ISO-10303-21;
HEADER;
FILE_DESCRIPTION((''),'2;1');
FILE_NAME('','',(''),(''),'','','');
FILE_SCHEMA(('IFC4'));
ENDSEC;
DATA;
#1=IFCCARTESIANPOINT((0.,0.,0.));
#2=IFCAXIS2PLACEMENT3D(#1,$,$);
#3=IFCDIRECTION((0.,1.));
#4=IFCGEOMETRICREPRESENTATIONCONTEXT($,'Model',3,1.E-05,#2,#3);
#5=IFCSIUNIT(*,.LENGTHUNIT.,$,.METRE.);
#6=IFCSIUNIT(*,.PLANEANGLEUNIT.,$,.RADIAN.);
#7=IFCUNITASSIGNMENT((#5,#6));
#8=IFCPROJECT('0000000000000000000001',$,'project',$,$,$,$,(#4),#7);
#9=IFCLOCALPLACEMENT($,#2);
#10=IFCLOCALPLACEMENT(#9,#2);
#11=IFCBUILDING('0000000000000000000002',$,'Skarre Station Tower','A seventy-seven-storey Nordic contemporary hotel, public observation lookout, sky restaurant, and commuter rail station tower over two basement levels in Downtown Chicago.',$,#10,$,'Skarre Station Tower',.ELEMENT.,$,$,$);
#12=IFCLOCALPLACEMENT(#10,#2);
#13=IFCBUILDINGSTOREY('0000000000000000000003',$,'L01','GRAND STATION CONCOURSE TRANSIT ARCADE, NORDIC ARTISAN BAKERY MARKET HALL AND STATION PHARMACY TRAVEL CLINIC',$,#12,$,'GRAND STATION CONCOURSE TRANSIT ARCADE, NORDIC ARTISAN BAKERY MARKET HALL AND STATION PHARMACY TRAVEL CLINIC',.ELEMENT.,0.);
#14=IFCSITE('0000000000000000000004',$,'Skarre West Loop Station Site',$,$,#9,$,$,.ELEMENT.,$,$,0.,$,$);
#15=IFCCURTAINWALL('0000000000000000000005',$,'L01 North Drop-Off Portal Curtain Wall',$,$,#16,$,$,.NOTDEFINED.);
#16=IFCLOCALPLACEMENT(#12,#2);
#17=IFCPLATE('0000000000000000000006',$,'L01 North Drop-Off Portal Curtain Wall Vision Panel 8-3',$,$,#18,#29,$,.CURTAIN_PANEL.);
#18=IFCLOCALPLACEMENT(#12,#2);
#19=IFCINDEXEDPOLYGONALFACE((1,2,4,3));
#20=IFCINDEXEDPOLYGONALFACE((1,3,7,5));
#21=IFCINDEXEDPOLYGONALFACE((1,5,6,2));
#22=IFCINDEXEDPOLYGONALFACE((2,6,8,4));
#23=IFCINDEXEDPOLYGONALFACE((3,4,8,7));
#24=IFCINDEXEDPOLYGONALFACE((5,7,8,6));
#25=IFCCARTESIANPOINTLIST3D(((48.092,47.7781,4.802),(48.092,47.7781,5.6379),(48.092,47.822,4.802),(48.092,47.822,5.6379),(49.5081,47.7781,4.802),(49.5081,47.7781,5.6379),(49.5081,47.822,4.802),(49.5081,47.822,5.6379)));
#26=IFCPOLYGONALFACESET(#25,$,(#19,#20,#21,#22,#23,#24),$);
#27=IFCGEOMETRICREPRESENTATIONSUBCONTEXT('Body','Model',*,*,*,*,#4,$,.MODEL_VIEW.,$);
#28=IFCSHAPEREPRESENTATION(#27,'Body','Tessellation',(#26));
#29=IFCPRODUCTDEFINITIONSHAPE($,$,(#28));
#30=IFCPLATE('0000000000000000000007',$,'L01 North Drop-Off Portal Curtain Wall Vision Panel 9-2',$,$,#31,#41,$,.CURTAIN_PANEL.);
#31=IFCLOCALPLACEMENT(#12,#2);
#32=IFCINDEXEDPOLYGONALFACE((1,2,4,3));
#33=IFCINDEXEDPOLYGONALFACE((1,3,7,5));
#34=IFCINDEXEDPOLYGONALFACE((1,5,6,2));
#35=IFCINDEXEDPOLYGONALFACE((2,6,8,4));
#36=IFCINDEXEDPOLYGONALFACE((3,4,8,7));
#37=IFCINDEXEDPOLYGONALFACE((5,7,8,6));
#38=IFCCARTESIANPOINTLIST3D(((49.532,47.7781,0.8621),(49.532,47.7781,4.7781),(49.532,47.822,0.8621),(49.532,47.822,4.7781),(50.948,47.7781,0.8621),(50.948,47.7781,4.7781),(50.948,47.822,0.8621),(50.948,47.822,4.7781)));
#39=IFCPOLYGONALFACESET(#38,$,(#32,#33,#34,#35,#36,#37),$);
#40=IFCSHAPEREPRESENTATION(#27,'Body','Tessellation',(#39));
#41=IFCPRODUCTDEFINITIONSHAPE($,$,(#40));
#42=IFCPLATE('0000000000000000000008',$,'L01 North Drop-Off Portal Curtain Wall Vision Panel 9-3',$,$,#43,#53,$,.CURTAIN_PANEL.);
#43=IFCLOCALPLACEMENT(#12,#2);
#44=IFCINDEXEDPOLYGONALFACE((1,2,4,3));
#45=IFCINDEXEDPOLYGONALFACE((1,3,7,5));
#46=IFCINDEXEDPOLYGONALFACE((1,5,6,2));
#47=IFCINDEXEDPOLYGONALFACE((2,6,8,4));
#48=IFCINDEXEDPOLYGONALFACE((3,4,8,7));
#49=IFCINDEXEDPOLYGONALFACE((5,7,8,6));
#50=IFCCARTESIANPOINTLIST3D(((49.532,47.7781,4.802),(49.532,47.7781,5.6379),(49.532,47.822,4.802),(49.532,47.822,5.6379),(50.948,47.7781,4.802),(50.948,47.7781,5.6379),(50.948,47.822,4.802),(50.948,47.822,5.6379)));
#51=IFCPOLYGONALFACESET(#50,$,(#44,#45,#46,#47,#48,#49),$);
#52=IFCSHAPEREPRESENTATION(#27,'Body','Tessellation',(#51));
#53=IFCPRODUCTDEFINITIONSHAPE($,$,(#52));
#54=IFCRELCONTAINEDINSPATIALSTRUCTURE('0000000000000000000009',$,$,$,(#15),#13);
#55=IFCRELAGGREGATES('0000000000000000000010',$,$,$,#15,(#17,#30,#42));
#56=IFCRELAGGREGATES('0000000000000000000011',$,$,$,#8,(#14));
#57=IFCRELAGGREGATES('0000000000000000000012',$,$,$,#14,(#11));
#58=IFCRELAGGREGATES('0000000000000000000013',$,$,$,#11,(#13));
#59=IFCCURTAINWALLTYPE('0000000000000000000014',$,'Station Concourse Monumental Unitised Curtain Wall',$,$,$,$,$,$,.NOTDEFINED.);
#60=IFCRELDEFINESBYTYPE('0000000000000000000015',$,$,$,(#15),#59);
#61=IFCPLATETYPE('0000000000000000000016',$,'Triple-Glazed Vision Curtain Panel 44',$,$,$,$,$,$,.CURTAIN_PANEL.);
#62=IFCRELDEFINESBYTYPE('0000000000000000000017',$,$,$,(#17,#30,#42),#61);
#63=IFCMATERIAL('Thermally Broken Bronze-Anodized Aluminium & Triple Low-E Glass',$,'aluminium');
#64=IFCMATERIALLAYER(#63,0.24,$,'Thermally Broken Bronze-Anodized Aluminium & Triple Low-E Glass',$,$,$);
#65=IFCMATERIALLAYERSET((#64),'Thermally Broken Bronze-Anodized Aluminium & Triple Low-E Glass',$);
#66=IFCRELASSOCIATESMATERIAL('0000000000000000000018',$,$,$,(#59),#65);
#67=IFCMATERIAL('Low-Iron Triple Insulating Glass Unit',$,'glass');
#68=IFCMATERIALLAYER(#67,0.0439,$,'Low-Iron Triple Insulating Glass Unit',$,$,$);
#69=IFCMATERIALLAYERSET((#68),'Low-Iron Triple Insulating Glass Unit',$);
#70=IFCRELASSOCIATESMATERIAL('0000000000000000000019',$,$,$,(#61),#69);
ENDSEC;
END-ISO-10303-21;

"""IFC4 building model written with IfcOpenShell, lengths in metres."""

from ifc_helpers import new_model, si_unit, direction, frame, origin, origin_2d, place, context, subcontext, project, spatial, rectangle, extrude, material, layer, layer_set, type_object, element, aggregate, save


model = new_model("IFC4")

# Units and contexts
model_context = context("Model", 3, precision=1e-05, world=origin(), true_north=direction((0.0, 1.0)))
body_context = subcontext(model_context, "Body", "Model", "MODEL_VIEW")
ifc_project = project(units=[si_unit("LENGTHUNIT", "METRE"), si_unit("PLANEANGLEUNIT", "RADIAN")], contexts=[model_context])

# Site, building, storey
site_placement = place(None, origin())
site = spatial("IfcSite", under=ifc_project, at=site_placement, Name="Skarre West Loop Station Site", CompositionType="ELEMENT", RefElevation=0.0)
building_placement = place(site_placement, origin())
building = spatial("IfcBuilding", under=site, at=building_placement, Name="Skarre Station Tower", Description="A seventy-seven-storey Nordic contemporary hotel, public observation lookout, sky restaurant, and commuter rail station tower over two basement levels in Downtown Chicago.", LongName="Skarre Station Tower", CompositionType="ELEMENT")
storey_placement = place(building_placement, origin())
storey = spatial("IfcBuildingStorey", under=building, at=storey_placement, Name="L01", Description="GRAND STATION CONCOURSE TRANSIT ARCADE, NORDIC ARTISAN BAKERY MARKET HALL AND STATION PHARMACY TRAVEL CLINIC", LongName="GRAND STATION CONCOURSE TRANSIT ARCADE, NORDIC ARTISAN BAKERY MARKET HALL AND STATION PHARMACY TRAVEL CLINIC", CompositionType="ELEMENT", Elevation=0.0)

# Curtain wall, plates
ifc_material_1 = material(Name="Thermally Broken Bronze-Anodized Aluminium & Triple Low-E Glass", Category="aluminium")
ifc_layer_1 = layer(ifc_material_1, 0.24, Name="Thermally Broken Bronze-Anodized Aluminium & Triple Low-E Glass")
ifc_layer_set_1 = layer_set([ifc_layer_1], Name="Thermally Broken Bronze-Anodized Aluminium & Triple Low-E Glass")
curtain_wall_type = type_object("IfcCurtainWallType", Name="Station Concourse Monumental Unitised Curtain Wall", PredefinedType="NOTDEFINED", material=ifc_layer_set_1)
curtain_wall_placement = place(storey_placement, origin())
curtain_wall = element("IfcCurtainWall", 1, at=curtain_wall_placement, inside=storey, type_object=curtain_wall_type, Name="L01 North Drop-Off Portal Curtain Wall", PredefinedType="NOTDEFINED")
ifc_material_2 = material(Name="Low-Iron Triple Insulating Glass Unit", Category="glass")
ifc_layer_2 = layer(ifc_material_2, 0.0439, Name="Low-Iron Triple Insulating Glass Unit")
ifc_layer_set_2 = layer_set([ifc_layer_2], Name="Low-Iron Triple Insulating Glass Unit")
plate_type_1 = type_object("IfcPlateType", Name="Triple-Glazed Vision Curtain Panel 44", PredefinedType="CURTAIN_PANEL", material=ifc_layer_set_2)
plate_1_placement = place(storey_placement, frame((48.8, 47.8, 4.802), z_axis=(0.0, 0.0, 1.0), x_axis=(1.0, 0.0, 0.0)))
plate_1 = element("IfcPlate", 2, at=plate_1_placement, type_object=plate_type_1, Name="L01 North Drop-Off Portal Curtain Wall Vision Panel 8-3", PredefinedType="CURTAIN_PANEL", context=body_context, shape_type="SweptSolid", body=[
    extrude(rectangle(XDim=1.416, YDim=0.0439, at=origin_2d()), origin(), (0.0, 0.0, 1.0), 0.8359),
])
plate_2_placement = place(storey_placement, frame((50.24, 47.8, 0.8621), z_axis=(0.0, 0.0, 1.0), x_axis=(1.0, 0.0, 0.0)))
plate_2 = element("IfcPlate", 3, at=plate_2_placement, type_object=plate_type_1, Name="L01 North Drop-Off Portal Curtain Wall Vision Panel 9-2", PredefinedType="CURTAIN_PANEL", context=body_context, shape_type="SweptSolid", body=[
    extrude(rectangle(XDim=1.416, YDim=0.0439, at=origin_2d()), origin(), (0.0, 0.0, 1.0), 3.916),
])
plate_3_placement = place(storey_placement, frame((50.24, 47.8, 4.802), z_axis=(0.0, 0.0, 1.0), x_axis=(1.0, 0.0, 0.0)))
plate_3 = element("IfcPlate", 4, at=plate_3_placement, type_object=plate_type_1, Name="L01 North Drop-Off Portal Curtain Wall Vision Panel 9-3", PredefinedType="CURTAIN_PANEL", context=body_context, shape_type="SweptSolid", body=[
    extrude(rectangle(XDim=1.416, YDim=0.0439, at=origin_2d()), origin(), (0.0, 0.0, 1.0), 0.8359),
])
aggregate(curtain_wall, [plate_1, plate_2, plate_3])

save(model, "model.ifc")
